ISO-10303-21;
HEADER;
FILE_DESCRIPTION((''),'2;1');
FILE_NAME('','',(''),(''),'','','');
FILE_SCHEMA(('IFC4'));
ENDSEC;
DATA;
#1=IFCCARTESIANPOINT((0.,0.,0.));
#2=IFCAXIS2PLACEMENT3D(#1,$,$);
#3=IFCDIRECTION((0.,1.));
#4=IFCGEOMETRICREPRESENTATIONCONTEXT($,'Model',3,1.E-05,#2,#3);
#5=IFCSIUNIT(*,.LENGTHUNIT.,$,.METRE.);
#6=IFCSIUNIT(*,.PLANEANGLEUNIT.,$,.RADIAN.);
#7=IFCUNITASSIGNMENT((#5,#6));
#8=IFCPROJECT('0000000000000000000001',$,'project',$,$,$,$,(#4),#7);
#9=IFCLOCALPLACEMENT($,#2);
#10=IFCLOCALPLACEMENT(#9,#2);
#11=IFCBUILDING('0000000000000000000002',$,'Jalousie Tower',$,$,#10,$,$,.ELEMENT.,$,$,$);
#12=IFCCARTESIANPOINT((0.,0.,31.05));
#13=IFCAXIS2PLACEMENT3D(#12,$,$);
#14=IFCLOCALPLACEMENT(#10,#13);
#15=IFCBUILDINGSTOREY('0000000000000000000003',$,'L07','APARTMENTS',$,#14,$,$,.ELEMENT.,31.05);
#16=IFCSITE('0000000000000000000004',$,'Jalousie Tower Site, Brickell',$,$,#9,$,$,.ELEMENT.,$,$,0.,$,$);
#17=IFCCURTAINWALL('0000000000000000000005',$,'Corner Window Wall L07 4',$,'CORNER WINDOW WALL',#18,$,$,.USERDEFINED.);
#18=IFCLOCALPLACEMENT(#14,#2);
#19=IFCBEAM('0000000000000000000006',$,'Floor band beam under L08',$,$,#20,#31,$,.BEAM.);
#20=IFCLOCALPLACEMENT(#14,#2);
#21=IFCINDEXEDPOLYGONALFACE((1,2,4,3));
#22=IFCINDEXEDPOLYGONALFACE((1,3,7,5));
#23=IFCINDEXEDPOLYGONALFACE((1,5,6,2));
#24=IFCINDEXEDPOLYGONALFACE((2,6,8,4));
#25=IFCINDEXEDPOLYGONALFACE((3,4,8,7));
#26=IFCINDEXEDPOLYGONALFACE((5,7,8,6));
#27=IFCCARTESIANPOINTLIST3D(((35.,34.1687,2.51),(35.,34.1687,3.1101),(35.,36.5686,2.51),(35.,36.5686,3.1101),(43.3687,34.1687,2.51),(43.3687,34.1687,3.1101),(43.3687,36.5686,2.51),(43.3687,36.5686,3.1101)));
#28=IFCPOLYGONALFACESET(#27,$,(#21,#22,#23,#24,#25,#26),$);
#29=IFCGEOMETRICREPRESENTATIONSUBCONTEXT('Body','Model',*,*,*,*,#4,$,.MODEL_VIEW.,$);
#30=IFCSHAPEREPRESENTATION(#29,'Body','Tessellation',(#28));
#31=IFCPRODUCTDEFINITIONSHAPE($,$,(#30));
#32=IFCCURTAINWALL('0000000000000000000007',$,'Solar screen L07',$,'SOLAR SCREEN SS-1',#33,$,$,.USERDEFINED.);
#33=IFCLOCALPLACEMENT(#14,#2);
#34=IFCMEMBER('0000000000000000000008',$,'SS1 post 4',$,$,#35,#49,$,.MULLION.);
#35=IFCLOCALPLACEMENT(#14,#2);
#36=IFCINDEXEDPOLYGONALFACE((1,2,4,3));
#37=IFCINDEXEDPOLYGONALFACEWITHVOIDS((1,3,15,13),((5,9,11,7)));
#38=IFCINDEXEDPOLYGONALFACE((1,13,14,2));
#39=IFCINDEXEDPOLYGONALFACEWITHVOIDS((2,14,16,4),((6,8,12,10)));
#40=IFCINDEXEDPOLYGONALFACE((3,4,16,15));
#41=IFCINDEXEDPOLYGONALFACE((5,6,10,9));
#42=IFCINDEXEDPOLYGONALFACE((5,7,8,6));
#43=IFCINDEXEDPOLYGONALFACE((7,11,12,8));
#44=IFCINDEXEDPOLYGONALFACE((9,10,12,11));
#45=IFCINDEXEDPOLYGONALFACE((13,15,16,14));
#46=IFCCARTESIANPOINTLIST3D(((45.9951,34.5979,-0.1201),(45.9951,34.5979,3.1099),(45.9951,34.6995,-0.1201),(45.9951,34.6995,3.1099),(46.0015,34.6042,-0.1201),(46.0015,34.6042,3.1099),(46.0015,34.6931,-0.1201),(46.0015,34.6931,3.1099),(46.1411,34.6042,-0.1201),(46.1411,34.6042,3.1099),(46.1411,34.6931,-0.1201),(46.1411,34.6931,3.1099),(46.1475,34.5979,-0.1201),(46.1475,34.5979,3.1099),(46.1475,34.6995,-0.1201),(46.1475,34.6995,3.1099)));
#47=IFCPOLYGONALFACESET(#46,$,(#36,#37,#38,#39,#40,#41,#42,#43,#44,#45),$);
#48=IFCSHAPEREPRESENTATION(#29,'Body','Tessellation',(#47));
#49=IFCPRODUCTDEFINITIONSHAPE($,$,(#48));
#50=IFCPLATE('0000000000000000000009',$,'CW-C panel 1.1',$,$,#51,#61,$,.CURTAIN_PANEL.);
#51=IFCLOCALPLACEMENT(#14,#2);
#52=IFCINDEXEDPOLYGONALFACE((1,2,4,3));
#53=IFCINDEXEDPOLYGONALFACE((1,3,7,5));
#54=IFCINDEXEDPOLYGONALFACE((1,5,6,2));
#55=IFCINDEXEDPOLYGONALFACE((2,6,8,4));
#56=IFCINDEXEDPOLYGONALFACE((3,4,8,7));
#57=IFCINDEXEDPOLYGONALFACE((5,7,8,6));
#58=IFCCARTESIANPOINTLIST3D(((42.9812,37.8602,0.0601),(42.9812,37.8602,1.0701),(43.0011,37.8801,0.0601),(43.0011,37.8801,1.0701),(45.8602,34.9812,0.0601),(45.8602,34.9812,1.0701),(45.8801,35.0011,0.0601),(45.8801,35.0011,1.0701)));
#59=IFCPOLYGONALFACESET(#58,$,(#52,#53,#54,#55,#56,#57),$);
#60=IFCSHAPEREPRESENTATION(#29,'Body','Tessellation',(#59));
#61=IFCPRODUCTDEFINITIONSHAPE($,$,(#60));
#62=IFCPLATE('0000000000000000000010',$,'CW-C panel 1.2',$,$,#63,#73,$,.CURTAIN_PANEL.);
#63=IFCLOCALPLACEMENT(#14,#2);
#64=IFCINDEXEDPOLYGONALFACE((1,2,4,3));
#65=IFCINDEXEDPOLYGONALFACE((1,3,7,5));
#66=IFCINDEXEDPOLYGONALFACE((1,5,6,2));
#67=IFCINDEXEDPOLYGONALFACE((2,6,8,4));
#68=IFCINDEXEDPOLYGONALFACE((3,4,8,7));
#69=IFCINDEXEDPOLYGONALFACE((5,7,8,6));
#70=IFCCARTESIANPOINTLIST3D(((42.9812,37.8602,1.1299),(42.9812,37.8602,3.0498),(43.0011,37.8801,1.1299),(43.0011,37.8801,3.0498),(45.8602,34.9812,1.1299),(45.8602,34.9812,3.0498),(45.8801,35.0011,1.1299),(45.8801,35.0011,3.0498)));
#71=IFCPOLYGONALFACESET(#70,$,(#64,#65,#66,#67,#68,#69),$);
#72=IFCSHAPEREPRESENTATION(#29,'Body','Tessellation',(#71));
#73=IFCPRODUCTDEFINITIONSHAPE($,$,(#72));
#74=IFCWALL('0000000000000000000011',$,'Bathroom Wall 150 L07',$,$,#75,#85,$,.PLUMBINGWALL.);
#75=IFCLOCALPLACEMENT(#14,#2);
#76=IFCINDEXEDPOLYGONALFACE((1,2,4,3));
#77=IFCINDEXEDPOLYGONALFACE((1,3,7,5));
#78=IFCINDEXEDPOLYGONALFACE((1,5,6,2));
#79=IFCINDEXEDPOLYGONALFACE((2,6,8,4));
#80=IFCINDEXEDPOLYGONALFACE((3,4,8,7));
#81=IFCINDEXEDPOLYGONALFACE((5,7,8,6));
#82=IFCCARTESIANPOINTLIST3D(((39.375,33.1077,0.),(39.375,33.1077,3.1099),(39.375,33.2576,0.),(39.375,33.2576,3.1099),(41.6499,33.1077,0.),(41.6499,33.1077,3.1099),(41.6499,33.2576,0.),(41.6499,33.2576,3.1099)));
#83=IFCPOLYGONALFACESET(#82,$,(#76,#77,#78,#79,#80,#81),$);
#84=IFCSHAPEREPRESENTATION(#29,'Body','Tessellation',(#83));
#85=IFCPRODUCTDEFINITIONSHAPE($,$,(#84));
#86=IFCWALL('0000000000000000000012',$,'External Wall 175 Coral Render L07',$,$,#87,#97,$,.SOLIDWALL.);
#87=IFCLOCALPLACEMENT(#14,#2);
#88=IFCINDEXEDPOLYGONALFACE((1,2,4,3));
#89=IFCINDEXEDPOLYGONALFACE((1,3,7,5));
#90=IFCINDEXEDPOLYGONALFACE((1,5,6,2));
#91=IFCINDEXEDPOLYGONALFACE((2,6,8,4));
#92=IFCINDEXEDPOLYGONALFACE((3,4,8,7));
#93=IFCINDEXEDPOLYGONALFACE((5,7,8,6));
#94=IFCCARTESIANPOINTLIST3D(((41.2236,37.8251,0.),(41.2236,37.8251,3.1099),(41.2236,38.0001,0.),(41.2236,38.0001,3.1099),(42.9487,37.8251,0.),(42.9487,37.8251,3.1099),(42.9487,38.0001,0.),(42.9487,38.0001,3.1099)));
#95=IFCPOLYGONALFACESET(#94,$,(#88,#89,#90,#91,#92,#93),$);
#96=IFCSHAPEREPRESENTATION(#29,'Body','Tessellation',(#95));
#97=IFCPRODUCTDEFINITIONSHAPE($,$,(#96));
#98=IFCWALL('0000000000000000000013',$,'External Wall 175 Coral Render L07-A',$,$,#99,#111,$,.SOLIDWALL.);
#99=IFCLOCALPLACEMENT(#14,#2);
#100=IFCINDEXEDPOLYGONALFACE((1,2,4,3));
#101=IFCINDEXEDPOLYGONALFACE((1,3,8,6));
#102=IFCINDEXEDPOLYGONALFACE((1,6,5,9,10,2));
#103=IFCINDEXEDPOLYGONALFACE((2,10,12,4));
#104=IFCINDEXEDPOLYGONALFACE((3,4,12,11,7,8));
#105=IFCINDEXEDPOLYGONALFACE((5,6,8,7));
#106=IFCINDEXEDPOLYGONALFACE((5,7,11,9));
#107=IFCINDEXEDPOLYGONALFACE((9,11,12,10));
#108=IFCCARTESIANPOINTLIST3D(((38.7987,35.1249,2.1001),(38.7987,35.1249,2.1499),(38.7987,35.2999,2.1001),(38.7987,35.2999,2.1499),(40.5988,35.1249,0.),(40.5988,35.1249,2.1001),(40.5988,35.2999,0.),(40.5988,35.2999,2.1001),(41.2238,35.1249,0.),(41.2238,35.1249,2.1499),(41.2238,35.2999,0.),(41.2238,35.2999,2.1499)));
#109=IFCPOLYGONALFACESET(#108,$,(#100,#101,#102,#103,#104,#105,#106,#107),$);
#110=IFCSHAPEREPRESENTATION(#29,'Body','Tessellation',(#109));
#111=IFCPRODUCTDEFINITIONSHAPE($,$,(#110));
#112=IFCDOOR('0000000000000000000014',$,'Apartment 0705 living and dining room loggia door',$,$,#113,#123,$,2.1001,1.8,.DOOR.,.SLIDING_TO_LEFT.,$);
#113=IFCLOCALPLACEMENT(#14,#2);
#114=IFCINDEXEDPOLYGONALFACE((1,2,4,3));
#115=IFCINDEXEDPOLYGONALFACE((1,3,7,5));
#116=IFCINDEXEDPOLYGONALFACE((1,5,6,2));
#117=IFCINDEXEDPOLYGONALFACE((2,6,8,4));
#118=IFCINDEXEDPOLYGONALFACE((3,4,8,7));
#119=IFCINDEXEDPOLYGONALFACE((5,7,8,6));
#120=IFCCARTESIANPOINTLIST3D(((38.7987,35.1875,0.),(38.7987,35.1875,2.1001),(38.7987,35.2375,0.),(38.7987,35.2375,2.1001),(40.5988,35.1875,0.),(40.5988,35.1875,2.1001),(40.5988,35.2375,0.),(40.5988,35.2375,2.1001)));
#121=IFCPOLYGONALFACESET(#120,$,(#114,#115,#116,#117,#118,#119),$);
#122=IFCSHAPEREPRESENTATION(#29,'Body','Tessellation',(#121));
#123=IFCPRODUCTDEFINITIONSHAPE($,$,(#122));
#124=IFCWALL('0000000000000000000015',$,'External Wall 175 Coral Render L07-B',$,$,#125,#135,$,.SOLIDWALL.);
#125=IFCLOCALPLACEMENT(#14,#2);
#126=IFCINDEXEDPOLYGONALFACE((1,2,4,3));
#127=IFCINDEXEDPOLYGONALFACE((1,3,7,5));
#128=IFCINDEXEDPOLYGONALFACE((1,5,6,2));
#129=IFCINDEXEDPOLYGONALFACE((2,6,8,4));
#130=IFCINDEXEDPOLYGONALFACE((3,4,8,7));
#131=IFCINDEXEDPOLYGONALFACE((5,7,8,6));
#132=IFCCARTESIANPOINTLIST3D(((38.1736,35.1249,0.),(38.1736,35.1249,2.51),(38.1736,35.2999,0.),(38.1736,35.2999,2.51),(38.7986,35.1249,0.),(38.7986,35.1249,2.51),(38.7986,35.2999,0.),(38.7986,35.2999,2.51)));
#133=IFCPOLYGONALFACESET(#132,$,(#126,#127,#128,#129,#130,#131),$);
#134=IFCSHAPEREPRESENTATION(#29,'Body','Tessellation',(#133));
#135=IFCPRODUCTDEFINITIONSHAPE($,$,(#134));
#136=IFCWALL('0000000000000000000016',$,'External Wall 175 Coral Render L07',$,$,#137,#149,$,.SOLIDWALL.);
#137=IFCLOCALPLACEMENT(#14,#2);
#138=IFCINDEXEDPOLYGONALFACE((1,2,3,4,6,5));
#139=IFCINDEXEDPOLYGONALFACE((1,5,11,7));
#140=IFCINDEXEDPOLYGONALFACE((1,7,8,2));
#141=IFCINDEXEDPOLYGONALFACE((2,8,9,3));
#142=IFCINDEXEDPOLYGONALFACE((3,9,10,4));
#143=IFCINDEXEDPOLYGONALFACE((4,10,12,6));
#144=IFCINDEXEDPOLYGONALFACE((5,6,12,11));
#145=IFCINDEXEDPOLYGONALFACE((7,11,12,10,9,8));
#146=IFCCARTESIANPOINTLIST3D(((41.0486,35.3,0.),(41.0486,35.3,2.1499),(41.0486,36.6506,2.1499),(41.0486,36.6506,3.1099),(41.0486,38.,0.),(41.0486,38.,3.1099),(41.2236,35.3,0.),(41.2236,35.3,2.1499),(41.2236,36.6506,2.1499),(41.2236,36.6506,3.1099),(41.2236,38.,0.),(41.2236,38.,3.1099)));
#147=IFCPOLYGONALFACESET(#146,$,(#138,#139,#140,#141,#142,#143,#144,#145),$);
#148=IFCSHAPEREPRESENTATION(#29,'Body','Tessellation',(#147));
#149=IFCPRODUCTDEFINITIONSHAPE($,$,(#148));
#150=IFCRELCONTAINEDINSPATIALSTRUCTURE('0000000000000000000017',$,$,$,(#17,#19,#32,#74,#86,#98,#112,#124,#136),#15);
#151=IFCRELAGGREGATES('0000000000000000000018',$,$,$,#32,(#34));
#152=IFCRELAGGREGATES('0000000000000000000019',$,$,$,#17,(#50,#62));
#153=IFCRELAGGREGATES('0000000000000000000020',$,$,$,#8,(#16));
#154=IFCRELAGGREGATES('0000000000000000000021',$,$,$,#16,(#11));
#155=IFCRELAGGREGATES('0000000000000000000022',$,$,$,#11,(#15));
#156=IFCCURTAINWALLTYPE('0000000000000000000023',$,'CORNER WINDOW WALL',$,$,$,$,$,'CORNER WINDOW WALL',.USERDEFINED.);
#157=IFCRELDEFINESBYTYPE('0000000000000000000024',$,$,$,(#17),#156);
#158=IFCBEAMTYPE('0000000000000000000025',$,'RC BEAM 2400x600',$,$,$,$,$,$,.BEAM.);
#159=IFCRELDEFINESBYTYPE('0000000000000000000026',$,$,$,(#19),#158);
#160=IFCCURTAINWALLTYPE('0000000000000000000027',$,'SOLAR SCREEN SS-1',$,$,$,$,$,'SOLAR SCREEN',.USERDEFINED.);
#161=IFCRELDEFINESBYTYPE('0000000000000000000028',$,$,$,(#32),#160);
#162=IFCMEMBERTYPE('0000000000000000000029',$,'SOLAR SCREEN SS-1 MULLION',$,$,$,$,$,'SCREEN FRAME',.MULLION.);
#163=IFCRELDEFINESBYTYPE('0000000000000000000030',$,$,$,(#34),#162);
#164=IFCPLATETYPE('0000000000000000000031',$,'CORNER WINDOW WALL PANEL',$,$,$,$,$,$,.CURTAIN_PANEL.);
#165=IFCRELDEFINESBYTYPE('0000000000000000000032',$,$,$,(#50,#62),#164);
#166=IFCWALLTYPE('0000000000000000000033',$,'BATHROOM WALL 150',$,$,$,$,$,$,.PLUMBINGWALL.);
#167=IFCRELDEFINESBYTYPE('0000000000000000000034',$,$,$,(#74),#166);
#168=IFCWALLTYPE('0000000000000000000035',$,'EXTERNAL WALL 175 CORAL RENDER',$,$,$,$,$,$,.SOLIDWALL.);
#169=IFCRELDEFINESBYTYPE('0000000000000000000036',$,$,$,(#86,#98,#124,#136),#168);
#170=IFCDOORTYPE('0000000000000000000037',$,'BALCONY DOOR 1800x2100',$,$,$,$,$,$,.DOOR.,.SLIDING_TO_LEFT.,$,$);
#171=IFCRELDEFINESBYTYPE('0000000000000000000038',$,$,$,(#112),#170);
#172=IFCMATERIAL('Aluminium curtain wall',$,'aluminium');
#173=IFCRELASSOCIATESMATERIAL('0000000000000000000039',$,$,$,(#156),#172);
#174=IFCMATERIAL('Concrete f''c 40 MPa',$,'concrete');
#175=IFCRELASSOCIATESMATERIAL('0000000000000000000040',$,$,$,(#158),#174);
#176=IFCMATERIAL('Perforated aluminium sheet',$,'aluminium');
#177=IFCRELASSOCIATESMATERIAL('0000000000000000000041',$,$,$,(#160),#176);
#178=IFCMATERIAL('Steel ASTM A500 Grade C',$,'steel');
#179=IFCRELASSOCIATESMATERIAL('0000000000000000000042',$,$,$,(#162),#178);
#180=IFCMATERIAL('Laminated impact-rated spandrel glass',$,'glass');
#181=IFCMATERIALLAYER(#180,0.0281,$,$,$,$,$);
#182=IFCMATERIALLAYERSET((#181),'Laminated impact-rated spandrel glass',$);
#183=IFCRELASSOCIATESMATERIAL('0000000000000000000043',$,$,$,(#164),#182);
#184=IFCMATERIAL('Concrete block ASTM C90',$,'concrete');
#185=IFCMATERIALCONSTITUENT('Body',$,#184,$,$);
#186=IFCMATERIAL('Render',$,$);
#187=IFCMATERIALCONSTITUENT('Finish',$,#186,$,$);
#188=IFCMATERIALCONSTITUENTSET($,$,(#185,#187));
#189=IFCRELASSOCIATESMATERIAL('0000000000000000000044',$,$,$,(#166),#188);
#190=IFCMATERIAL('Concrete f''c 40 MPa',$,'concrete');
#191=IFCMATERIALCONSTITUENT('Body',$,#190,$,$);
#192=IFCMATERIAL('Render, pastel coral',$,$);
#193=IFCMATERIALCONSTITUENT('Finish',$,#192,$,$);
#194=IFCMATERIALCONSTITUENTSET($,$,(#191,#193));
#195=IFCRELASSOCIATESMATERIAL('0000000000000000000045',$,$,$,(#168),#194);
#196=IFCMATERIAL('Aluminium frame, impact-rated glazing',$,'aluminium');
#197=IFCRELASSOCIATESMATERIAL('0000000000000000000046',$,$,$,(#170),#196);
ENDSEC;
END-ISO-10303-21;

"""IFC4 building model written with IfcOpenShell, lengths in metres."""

from ifc_helpers import new_model, si_unit, direction, frame, frame_2d, origin, origin_2d, place, context, subcontext, project, spatial, polyline, rectangle, hollow_rectangle, outline, extrude, material, layer, layer_set, constituent, constituent_set, material_profile, profile_set, type_object, element, fill, aggregate, save


model = new_model("IFC4")

# Units and contexts
model_context = context("Model", 3, precision=1e-05, world=origin(), true_north=direction((0.0, 1.0)))
body_context = subcontext(model_context, "Body", "Model", "MODEL_VIEW")
ifc_project = project(units=[si_unit("LENGTHUNIT", "METRE"), si_unit("PLANEANGLEUNIT", "RADIAN")], contexts=[model_context])

# Site, building, storey
site_placement = place(None, origin())
site = spatial("IfcSite", under=ifc_project, at=site_placement, Name="Jalousie Tower Site, Brickell", CompositionType="ELEMENT", RefElevation=0.0)
building_placement = place(site_placement, origin())
building = spatial("IfcBuilding", under=site, at=building_placement, Name="Jalousie Tower", CompositionType="ELEMENT")
storey_placement = place(building_placement, frame((0.0, 0.0, 31.05)))
storey = spatial("IfcBuildingStorey", under=building, at=storey_placement, Name="L07", Description="APARTMENTS", CompositionType="ELEMENT", Elevation=31.05)

# Curtain wall
ifc_material_1 = material(Name="Aluminium curtain wall", Category="aluminium")
curtain_wall_type_1 = type_object("IfcCurtainWallType", Name="CORNER WINDOW WALL", ElementType="CORNER WINDOW WALL", PredefinedType="USERDEFINED", material=ifc_material_1)
curtain_wall_1_placement = place(storey_placement, origin())
curtain_wall_1 = element("IfcCurtainWall", 1, at=curtain_wall_1_placement, inside=storey, type_object=curtain_wall_type_1, Name="Corner Window Wall L07 4", ObjectType="CORNER WINDOW WALL", PredefinedType="USERDEFINED")

# Beam
ifc_material_2 = material(Name="Concrete f'c 40 MPa", Category="concrete")
ifc_material_profile_1 = material_profile(ifc_material_2, rectangle(XDim=2.3999, YDim=0.6001, at=origin_2d()), Name="RC 2400x600")
ifc_profile_set_1 = profile_set([ifc_material_profile_1], Name="Concrete f'c 40 MPa")
beam_type_1 = type_object("IfcBeamType", Name="RC BEAM 2400x600", PredefinedType="BEAM", material=ifc_profile_set_1)
beam_1_placement = place(storey_placement, frame((43.3687, 35.3687, 2.8101), z_axis=(-1.0, 0.0, 0.0), x_axis=(0.0, -1.0, 0.0)))
element("IfcBeam", 2, at=beam_1_placement, inside=storey, type_object=beam_type_1, Name="Floor band beam under L08", PredefinedType="BEAM", context=body_context, shape_type="SweptSolid", body=[
    extrude(rectangle(XDim=2.3999, YDim=0.6001, at=origin_2d()), origin(), (0.0, 0.0, 1.0), 8.3687),
])

# Curtain wall, member
ifc_material_3 = material(Name="Perforated aluminium sheet", Category="aluminium")
curtain_wall_type_2 = type_object("IfcCurtainWallType", Name="SOLAR SCREEN SS-1", ElementType="SOLAR SCREEN", PredefinedType="USERDEFINED", material=ifc_material_3)
curtain_wall_2_placement = place(storey_placement, origin())
curtain_wall_2 = element("IfcCurtainWall", 3, at=curtain_wall_2_placement, inside=storey, type_object=curtain_wall_type_2, Name="Solar screen L07", ObjectType="SOLAR SCREEN SS-1", PredefinedType="USERDEFINED")
ifc_material_4 = material(Name="Steel ASTM A500 Grade C", Category="steel")
ifc_material_profile_2 = material_profile(ifc_material_4, hollow_rectangle(XDim=0.1016, YDim=0.1523, WallThickness=0.0063, at=origin_2d()), Name="HSS6X4X1/4")
ifc_profile_set_2 = profile_set([ifc_material_profile_2], Name="Steel ASTM A500 Grade C")
member_type_1 = type_object("IfcMemberType", Name="SOLAR SCREEN SS-1 MULLION", ElementType="SCREEN FRAME", PredefinedType="MULLION", material=ifc_profile_set_2)
member_1_placement = place(storey_placement, frame((46.0713, 34.6487, -0.1201), z_axis=(0.0, 0.0, 1.0), x_axis=(0.0, 1.0, 0.0)))
member_1 = element("IfcMember", 4, at=member_1_placement, type_object=member_type_1, Name="SS1 post 4", PredefinedType="MULLION", context=body_context, shape_type="SweptSolid", body=[
    extrude(hollow_rectangle(XDim=0.1016, YDim=0.1523, WallThickness=0.0063, at=origin_2d()), origin(), (0.0, 0.0, 1.0), 3.23),
])
aggregate(curtain_wall_2, [member_1])

# Plates
ifc_material_5 = material(Name="Laminated impact-rated spandrel glass", Category="glass")
ifc_layer_1 = layer(ifc_material_5, 0.0281)
ifc_layer_set_1 = layer_set([ifc_layer_1], Name="Laminated impact-rated spandrel glass")
plate_type = type_object("IfcPlateType", Name="CORNER WINDOW WALL PANEL", PredefinedType="CURTAIN_PANEL", material=ifc_layer_set_1)
plate_1_placement = place(storey_placement, frame((44.4307, 36.4307, 0.0601), z_axis=(0.0, 0.0, 1.0), x_axis=(-0.707107, 0.707107, 0.0)))
plate_1 = element("IfcPlate", 5, at=plate_1_placement, type_object=plate_type, Name="CW-C panel 1.1", PredefinedType="CURTAIN_PANEL", context=body_context, shape_type="SweptSolid", body=[
    extrude(rectangle(XDim=4.0715, YDim=0.0281, at=origin_2d()), origin(), (0.0, 0.0, 1.0), 1.01),
])
plate_2_placement = place(storey_placement, frame((44.4307, 36.4307, 1.1299), z_axis=(0.0, 0.0, 1.0), x_axis=(-0.707107, 0.707107, 0.0)))
plate_2 = element("IfcPlate", 6, at=plate_2_placement, type_object=plate_type, Name="CW-C panel 1.2", PredefinedType="CURTAIN_PANEL", context=body_context, shape_type="SweptSolid", body=[
    extrude(rectangle(XDim=4.0715, YDim=0.0281, at=origin_2d()), origin(), (0.0, 0.0, 1.0), 1.9199),
])
aggregate(curtain_wall_1, [plate_1, plate_2])

# Walls
ifc_material_6 = material(Name="Concrete block ASTM C90", Category="concrete")
ifc_constituent_1 = constituent(ifc_material_6, Name="Body")
ifc_material_7 = material(Name="Render")
ifc_constituent_2 = constituent(ifc_material_7, Name="Finish")
ifc_constituent_set_1 = constituent_set(constituents=[ifc_constituent_1, ifc_constituent_2])
wall_type_1 = type_object("IfcWallType", Name="BATHROOM WALL 150", PredefinedType="PLUMBINGWALL", material=ifc_constituent_set_1)
wall_1_placement = place(storey_placement, frame((39.375, 33.1826, 0.0), z_axis=(0.0, 0.0, 1.0), x_axis=(1.0, 0.0, 0.0)))
element("IfcWall", 7, at=wall_1_placement, inside=storey, type_object=wall_type_1, Name="Bathroom Wall 150 L07", PredefinedType="PLUMBINGWALL", context=body_context, shape_type="SweptSolid", body=[
    extrude(rectangle(XDim=2.2749, YDim=0.1499, at=frame_2d((1.1375, 0.0))), origin(), (0.0, 0.0, 1.0), 3.1099),
])
ifc_material_8 = material(Name="Concrete f'c 40 MPa", Category="concrete")
ifc_constituent_3 = constituent(ifc_material_8, Name="Body")
ifc_material_9 = material(Name="Render, pastel coral")
ifc_constituent_4 = constituent(ifc_material_9, Name="Finish")
ifc_constituent_set_2 = constituent_set(constituents=[ifc_constituent_3, ifc_constituent_4])
wall_type_2 = type_object("IfcWallType", Name="EXTERNAL WALL 175 CORAL RENDER", PredefinedType="SOLIDWALL", material=ifc_constituent_set_2)
wall_2_placement = place(storey_placement, frame((42.9487, 37.9126, 0.0), z_axis=(0.0, 0.0, 1.0), x_axis=(-1.0, 0.0, 0.0)))
element("IfcWall", 8, at=wall_2_placement, inside=storey, type_object=wall_type_2, Name="External Wall 175 Coral Render L07", PredefinedType="SOLIDWALL", context=body_context, shape_type="SweptSolid", body=[
    extrude(rectangle(XDim=1.7251, YDim=0.175, at=frame_2d((0.8625, 0.0))), origin(), (0.0, 0.0, 1.0), 3.1099),
])

# Wall, opening, door
wall_3_placement = place(storey_placement, frame((41.2236, 35.2124, 0.0), z_axis=(0.0, 0.0, 1.0), x_axis=(-1.0, 0.0, 0.0)))
wall_3 = element("IfcWall", 9, at=wall_3_placement, inside=storey, type_object=wall_type_2, Name="External Wall 175 Coral Render L07-A", PredefinedType="SOLIDWALL", context=body_context, shape_type="SweptSolid", body=[
    extrude(rectangle(XDim=2.425, YDim=0.175, at=frame_2d((1.2124, 0.0))), origin(), (0.0, 0.0, 1.0), 2.1499),
])
opening_1_placement = place(wall_3_placement, frame((0.625, 0.0, 0.0)))
opening_1 = element("IfcOpeningElement", 10, at=opening_1_placement, cuts=wall_3, PredefinedType="OPENING", context=body_context, shape_type="SweptSolid", body=[
    extrude(rectangle(XDim=1.8, YDim=2.1001, at=frame_2d((0.8999, 1.05))), frame((0.0, 0.0974, 0.0), z_axis=(0.0, -1.0, 0.0), x_axis=(1.0, 0.0, 0.0)), (0.0, 0.0, 1.0), 0.1951),
])
ifc_material_10 = material(Name="Aluminium frame, impact-rated glazing", Category="aluminium")
door_type_1 = type_object("IfcDoorType", Name="BALCONY DOOR 1800x2100", OperationType="SLIDING_TO_LEFT", PredefinedType="DOOR", material=ifc_material_10)
door_1_placement = place(opening_1_placement, origin())
door_1 = element("IfcDoor", 11, at=door_1_placement, inside=storey, type_object=door_type_1, Name="Apartment 0705 living and dining room loggia door", OperationType="SLIDING_TO_LEFT", OverallHeight=2.1001, OverallWidth=1.8, PredefinedType="DOOR", context=body_context, shape_type="SweptSolid", body=[
    extrude(rectangle(XDim=1.8, YDim=2.1001, at=frame_2d((0.8999, 1.05))), frame((0.0, 0.0249, 0.0), z_axis=(0.0, -1.0, 0.0), x_axis=(1.0, 0.0, 0.0)), (0.0, 0.0, 1.0), 0.05),
])
fill(opening_1, door_1)

# Walls
wall_4_placement = place(storey_placement, frame((38.7986, 35.2124, 0.0), z_axis=(0.0, 0.0, 1.0), x_axis=(-1.0, 0.0, 0.0)))
element("IfcWall", 12, at=wall_4_placement, inside=storey, type_object=wall_type_2, Name="External Wall 175 Coral Render L07-B", PredefinedType="SOLIDWALL", context=body_context, shape_type="SweptSolid", body=[
    extrude(rectangle(XDim=0.625, YDim=0.175, at=frame_2d((0.3125, 0.0))), origin(), (0.0, 0.0, 1.0), 2.51),
])
wall_5_placement = place(storey_placement, frame((41.1362, 38.0, 0.0), z_axis=(0.0, 0.0, 1.0), x_axis=(0.0, -1.0, 0.0)))
element("IfcWall", 13, at=wall_5_placement, inside=storey, type_object=wall_type_2, Name="External Wall 175 Coral Render L07", PredefinedType="SOLIDWALL", context=body_context, shape_type="SweptSolid", body=[
    extrude(outline(polyline([(0.0, 0.0), (2.7, 0.0), (2.7, 2.1499), (1.3494, 2.1499), (1.3494, 3.1099), (0.0, 3.1099), (0.0, 0.0)])), frame((0.0, 0.0874, 0.0), z_axis=(0.0, -1.0, 0.0), x_axis=(1.0, 0.0, 0.0)), (0.0, 0.0, 1.0), 0.175),
])

save(model, "model.ifc")
